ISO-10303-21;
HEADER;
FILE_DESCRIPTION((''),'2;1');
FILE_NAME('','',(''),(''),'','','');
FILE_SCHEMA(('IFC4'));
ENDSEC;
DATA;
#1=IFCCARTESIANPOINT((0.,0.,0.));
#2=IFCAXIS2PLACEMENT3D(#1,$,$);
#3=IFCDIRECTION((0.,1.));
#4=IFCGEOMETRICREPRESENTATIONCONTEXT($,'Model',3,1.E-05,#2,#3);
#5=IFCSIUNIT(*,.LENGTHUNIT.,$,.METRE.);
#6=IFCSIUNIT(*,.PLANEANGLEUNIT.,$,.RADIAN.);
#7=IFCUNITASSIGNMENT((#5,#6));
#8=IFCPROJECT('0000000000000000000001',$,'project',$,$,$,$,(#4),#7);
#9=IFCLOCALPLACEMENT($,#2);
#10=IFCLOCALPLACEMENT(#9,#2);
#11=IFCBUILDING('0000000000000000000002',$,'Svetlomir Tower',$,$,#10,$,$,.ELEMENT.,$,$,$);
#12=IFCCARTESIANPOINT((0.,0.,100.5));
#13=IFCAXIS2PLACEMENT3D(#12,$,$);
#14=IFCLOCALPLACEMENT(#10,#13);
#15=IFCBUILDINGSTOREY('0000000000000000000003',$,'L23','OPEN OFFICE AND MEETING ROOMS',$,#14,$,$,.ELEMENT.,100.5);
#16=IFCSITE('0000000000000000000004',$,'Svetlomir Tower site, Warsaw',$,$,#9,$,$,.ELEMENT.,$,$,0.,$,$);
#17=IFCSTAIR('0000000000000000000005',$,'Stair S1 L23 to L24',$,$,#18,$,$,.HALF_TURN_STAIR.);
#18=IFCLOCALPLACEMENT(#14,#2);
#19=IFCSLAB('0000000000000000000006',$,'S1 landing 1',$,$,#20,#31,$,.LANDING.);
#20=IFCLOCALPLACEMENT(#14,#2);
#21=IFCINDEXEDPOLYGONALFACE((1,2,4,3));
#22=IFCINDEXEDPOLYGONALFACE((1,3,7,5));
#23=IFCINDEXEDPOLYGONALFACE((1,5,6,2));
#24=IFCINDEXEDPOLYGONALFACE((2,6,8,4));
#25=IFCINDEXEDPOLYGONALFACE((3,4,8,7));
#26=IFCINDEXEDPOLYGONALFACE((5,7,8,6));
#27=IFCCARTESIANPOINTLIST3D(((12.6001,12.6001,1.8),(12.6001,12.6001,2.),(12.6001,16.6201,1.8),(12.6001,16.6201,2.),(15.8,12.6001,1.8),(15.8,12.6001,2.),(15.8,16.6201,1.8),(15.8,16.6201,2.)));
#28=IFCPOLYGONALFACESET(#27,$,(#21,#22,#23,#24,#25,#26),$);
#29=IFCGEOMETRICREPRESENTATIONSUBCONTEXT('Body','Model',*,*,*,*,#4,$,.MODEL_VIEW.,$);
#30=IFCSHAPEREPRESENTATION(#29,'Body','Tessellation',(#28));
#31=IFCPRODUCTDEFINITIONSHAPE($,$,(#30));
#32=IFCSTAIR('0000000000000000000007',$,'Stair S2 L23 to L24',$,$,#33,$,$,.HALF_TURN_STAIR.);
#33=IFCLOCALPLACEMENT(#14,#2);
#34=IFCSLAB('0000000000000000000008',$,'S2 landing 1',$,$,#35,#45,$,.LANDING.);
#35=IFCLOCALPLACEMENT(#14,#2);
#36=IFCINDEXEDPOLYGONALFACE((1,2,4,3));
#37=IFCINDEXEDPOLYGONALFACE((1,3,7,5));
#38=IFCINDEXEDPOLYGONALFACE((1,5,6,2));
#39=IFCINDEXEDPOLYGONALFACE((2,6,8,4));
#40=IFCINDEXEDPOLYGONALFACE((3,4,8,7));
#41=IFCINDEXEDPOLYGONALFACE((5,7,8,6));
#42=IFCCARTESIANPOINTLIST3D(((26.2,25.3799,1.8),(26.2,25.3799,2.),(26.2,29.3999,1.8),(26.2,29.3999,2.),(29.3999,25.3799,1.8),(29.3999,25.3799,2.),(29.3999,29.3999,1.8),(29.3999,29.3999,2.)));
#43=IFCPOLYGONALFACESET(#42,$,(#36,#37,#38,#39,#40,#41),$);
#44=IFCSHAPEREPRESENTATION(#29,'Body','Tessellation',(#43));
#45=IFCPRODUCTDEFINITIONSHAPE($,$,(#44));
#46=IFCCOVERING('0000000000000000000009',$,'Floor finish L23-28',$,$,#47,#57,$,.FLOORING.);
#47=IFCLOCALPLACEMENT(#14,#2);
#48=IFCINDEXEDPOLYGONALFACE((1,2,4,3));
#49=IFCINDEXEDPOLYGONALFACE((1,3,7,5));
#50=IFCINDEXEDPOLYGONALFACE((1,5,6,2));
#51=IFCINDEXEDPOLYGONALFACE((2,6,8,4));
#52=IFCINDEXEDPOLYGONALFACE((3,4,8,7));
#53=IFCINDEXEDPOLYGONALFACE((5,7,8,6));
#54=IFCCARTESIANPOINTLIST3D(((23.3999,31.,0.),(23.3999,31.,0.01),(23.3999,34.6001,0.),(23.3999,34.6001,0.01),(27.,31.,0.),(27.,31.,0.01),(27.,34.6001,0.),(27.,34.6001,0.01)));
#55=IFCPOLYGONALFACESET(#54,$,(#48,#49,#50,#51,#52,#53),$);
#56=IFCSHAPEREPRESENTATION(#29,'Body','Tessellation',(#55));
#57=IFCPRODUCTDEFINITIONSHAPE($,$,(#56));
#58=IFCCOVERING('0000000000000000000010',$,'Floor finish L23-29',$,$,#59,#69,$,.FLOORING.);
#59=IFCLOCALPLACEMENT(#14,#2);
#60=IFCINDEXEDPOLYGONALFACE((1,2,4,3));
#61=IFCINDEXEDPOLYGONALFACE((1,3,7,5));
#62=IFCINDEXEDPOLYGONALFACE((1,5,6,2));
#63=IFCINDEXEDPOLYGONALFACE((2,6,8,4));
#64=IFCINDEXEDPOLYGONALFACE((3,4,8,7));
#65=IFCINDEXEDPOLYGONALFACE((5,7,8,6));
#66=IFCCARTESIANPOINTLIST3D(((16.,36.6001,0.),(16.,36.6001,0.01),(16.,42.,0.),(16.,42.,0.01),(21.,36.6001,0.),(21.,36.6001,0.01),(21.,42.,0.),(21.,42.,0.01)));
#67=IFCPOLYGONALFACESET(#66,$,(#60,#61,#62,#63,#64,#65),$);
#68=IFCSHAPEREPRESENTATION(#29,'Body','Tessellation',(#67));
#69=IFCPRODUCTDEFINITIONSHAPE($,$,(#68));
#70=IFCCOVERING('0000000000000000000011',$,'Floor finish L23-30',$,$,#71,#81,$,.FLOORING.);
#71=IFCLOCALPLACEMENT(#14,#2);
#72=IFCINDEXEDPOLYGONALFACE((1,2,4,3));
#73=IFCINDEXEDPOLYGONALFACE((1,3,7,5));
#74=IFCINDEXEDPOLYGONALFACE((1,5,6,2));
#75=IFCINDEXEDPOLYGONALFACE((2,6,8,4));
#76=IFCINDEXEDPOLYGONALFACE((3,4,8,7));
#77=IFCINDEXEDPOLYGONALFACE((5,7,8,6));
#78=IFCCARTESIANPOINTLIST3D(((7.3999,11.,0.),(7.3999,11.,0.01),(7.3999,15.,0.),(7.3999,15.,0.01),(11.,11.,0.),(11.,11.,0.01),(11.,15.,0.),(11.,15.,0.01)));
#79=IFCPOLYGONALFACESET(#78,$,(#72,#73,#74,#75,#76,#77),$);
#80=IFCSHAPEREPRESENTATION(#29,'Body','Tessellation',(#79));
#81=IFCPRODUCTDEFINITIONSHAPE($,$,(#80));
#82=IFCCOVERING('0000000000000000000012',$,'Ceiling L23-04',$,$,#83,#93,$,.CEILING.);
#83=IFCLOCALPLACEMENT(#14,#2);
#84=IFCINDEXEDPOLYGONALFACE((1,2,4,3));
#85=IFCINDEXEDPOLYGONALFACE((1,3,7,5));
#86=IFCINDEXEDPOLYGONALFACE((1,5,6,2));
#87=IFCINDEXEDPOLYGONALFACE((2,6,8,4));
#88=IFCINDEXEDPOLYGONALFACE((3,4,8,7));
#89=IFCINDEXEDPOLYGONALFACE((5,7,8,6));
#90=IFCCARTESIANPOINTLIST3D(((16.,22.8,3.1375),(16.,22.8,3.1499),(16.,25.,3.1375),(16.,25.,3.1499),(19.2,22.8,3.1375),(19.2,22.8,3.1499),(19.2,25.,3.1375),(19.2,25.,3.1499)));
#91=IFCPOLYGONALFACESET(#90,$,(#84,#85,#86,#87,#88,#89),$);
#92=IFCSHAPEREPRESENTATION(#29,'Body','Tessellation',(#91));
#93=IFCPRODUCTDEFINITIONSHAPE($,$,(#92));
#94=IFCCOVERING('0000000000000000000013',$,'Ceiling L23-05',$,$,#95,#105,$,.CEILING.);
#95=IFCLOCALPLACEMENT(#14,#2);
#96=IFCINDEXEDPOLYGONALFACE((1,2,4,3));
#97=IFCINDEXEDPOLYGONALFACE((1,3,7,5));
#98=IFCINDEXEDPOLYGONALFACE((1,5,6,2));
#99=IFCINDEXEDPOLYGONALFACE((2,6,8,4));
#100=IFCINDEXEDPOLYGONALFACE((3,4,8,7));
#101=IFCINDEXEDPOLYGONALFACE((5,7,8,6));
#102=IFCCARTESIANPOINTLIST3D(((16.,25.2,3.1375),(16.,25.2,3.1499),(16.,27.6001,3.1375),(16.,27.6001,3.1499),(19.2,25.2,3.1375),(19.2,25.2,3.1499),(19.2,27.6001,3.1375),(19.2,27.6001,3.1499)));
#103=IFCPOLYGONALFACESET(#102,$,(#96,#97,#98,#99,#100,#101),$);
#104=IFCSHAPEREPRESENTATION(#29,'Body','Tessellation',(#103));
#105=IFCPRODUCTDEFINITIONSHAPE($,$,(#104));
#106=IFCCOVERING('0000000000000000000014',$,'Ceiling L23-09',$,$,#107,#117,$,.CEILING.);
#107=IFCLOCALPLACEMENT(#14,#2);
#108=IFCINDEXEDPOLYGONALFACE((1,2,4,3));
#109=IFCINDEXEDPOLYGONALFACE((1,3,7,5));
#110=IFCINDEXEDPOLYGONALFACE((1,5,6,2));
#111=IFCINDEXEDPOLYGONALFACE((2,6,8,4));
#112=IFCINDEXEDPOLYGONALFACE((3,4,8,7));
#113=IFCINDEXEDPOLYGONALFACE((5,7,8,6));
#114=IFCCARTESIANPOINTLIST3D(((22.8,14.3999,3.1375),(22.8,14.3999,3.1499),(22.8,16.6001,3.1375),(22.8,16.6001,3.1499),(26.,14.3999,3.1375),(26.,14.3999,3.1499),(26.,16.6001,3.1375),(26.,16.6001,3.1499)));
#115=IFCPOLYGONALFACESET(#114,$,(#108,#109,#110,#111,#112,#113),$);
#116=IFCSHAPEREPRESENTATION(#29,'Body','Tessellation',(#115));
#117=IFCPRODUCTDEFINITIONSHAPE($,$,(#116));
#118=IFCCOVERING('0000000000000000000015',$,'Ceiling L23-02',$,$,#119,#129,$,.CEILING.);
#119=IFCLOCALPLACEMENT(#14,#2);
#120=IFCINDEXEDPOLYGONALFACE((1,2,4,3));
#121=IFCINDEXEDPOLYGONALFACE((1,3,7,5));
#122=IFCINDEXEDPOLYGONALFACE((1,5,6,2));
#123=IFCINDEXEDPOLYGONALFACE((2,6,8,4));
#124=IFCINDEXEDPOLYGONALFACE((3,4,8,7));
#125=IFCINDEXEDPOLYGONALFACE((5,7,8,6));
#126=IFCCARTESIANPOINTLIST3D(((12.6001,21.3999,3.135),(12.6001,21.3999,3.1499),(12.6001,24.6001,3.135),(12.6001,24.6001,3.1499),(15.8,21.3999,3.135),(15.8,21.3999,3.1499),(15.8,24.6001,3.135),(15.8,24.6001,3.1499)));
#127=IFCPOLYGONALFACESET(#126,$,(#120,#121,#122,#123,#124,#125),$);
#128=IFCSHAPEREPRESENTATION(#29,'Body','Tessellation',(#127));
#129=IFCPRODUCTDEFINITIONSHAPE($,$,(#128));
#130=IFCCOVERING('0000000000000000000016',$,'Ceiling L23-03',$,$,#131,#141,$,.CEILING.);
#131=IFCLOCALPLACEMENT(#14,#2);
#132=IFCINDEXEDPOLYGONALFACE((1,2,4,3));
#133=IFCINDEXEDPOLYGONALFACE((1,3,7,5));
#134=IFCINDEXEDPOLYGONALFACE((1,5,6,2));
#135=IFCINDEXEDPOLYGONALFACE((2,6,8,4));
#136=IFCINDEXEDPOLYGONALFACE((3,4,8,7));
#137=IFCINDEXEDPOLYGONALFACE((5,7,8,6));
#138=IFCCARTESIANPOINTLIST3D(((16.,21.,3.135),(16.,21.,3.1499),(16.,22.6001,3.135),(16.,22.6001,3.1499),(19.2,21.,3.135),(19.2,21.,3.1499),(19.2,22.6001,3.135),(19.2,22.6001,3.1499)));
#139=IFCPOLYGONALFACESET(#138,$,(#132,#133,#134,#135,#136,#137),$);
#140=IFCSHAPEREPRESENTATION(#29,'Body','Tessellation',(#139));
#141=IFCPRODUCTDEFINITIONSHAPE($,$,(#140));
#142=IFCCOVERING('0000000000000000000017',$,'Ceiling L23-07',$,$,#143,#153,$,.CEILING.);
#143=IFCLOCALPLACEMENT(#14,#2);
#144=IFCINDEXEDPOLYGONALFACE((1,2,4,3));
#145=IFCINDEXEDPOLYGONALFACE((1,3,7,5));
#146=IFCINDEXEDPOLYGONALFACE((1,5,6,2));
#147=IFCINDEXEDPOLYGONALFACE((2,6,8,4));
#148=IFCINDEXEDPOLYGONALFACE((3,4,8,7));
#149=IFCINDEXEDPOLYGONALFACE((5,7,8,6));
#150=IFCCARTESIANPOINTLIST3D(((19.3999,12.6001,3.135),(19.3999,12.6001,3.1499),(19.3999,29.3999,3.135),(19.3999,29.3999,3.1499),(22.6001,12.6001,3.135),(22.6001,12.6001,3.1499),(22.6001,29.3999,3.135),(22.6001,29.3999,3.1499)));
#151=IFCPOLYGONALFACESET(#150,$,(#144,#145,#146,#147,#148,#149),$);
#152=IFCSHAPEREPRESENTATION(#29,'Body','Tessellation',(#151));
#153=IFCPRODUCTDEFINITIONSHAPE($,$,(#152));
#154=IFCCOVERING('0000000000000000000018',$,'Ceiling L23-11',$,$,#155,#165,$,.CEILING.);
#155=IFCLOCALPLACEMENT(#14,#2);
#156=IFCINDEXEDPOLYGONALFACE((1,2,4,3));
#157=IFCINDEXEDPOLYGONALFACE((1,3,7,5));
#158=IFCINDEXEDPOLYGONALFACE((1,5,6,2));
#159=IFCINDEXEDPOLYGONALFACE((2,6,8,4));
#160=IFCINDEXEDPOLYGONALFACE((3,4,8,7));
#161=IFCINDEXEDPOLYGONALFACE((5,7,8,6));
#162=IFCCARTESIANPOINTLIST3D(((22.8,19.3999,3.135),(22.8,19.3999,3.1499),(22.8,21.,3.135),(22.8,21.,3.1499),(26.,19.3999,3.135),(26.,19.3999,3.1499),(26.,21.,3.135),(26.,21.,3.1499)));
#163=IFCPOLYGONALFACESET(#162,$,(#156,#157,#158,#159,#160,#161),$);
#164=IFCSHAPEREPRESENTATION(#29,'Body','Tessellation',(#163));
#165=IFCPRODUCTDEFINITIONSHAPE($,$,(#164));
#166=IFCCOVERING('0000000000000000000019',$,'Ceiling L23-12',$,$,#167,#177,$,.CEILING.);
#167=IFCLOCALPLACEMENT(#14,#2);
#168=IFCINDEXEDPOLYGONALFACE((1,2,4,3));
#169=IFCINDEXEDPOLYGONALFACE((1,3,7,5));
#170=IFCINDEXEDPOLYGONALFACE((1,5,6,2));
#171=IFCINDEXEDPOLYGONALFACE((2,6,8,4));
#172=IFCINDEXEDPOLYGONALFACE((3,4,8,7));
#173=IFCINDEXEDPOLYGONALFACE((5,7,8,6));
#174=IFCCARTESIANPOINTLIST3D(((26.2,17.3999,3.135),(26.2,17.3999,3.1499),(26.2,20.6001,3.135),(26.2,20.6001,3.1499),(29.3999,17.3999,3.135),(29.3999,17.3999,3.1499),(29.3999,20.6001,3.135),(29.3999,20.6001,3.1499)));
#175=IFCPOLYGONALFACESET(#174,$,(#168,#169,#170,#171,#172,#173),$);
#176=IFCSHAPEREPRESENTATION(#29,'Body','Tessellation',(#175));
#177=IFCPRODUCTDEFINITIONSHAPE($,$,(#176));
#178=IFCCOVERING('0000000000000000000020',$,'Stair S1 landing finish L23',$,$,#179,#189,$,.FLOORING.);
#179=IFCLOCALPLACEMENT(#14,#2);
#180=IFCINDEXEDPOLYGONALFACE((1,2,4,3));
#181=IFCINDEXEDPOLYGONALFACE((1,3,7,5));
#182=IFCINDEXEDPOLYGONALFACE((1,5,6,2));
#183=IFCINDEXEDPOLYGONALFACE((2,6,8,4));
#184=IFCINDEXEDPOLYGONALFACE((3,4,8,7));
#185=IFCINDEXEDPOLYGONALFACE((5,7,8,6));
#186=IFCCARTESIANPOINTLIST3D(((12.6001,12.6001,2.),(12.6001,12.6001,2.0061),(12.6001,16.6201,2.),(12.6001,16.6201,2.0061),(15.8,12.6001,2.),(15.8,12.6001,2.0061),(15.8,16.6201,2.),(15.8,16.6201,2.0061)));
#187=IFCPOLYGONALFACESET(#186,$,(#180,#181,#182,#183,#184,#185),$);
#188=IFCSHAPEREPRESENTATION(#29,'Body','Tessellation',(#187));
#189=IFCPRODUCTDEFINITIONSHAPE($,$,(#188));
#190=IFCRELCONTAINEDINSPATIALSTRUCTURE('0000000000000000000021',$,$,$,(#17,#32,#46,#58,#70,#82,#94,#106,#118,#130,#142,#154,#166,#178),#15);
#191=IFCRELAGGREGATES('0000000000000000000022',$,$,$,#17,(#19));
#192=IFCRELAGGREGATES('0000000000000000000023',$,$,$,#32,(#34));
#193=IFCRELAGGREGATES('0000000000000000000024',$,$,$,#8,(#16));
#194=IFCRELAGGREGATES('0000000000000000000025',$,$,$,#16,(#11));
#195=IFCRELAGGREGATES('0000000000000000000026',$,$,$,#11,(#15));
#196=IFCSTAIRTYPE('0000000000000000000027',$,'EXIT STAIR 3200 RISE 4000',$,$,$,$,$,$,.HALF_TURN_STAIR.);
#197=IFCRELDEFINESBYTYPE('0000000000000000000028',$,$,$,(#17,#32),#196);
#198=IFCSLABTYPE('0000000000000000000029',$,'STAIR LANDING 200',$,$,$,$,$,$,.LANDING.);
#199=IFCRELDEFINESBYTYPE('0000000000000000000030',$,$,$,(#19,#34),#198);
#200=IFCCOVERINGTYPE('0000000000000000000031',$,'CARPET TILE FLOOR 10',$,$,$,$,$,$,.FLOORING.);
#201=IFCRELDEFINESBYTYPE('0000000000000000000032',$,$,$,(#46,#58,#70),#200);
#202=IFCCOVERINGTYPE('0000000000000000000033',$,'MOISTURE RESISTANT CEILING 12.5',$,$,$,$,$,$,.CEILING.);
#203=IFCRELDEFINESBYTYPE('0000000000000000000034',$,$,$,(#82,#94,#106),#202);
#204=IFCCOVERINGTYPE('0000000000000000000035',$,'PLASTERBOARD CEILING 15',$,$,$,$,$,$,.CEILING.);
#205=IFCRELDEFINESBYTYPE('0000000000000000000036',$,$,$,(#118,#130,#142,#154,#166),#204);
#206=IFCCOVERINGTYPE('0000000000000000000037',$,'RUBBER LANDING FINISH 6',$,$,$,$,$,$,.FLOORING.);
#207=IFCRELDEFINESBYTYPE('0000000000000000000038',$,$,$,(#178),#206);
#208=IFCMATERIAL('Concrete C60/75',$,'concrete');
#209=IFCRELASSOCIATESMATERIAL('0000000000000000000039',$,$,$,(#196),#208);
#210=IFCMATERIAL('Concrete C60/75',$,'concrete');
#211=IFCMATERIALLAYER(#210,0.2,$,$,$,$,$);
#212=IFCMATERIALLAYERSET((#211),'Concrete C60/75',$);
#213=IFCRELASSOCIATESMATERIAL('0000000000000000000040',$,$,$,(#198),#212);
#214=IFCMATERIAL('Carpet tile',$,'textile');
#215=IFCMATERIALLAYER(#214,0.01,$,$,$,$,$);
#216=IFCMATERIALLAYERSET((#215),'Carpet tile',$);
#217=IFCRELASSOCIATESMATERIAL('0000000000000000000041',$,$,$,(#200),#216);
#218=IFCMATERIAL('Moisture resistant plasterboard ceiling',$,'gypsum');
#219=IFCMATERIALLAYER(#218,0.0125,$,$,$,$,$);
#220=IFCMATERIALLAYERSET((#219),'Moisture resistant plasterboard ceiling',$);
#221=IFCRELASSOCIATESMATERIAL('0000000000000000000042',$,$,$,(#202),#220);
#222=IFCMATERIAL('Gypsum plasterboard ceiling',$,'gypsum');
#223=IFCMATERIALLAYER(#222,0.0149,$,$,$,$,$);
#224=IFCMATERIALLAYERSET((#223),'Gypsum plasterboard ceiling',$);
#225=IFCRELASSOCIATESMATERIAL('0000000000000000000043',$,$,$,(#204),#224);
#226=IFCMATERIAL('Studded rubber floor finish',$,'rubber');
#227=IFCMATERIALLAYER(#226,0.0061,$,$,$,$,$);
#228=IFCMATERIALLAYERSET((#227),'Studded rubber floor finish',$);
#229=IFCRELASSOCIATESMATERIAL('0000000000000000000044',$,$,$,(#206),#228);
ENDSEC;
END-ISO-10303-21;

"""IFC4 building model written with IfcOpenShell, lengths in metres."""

from ifc_helpers import new_model, si_unit, direction, frame, origin, place, context, subcontext, project, spatial, polyline, outline, extrude, material, layer, layer_set, type_object, element, aggregate, save


model = new_model("IFC4")

# Units and contexts
model_context = context("Model", 3, precision=1e-05, world=origin(), true_north=direction((0.0, 1.0)))
body_context = subcontext(model_context, "Body", "Model", "MODEL_VIEW")
ifc_project = project(units=[si_unit("LENGTHUNIT", "METRE"), si_unit("PLANEANGLEUNIT", "RADIAN")], contexts=[model_context])

# Site, building, storey
site_placement = place(None, origin())
site = spatial("IfcSite", under=ifc_project, at=site_placement, Name="Svetlomir Tower site, Warsaw", CompositionType="ELEMENT", RefElevation=0.0)
building_placement = place(site_placement, origin())
building = spatial("IfcBuilding", under=site, at=building_placement, Name="Svetlomir Tower", CompositionType="ELEMENT")
storey_placement = place(building_placement, frame((0.0, 0.0, 100.5)))
storey = spatial("IfcBuildingStorey", under=building, at=storey_placement, Name="L23", Description="OPEN OFFICE AND MEETING ROOMS", CompositionType="ELEMENT", Elevation=100.5)

# Stairs, slabs
ifc_material_1 = material(Name="Concrete C60/75", Category="concrete")
stair_type = type_object("IfcStairType", Name="EXIT STAIR 3200 RISE 4000", PredefinedType="HALF_TURN_STAIR", material=ifc_material_1)
stair_1_placement = place(storey_placement, origin())
stair_1 = element("IfcStair", 1, at=stair_1_placement, inside=storey, type_object=stair_type, Name="Stair S1 L23 to L24", PredefinedType="HALF_TURN_STAIR")
ifc_material_2 = material(Name="Concrete C60/75", Category="concrete")
ifc_layer_1 = layer(ifc_material_2, 0.2)
ifc_layer_set_1 = layer_set([ifc_layer_1], Name="Concrete C60/75")
slab_type = type_object("IfcSlabType", Name="STAIR LANDING 200", PredefinedType="LANDING", material=ifc_layer_set_1)
slab_1_placement = place(storey_placement, frame((0.0, 0.0, 1.8)))
slab_1 = element("IfcSlab", 2, at=slab_1_placement, type_object=slab_type, Name="S1 landing 1", PredefinedType="LANDING", context=body_context, shape_type="SweptSolid", body=[
    extrude(outline(polyline([(12.6001, 12.6001), (15.8, 12.6001), (15.8, 16.6201), (12.6001, 16.6201), (12.6001, 12.6001)])), origin(), (0.0, 0.0, 1.0), 0.2),
])
aggregate(stair_1, [slab_1])
stair_2_placement = place(storey_placement, origin())
stair_2 = element("IfcStair", 3, at=stair_2_placement, inside=storey, type_object=stair_type, Name="Stair S2 L23 to L24", PredefinedType="HALF_TURN_STAIR")
slab_2_placement = place(storey_placement, frame((0.0, 0.0, 1.8)))
slab_2 = element("IfcSlab", 4, at=slab_2_placement, type_object=slab_type, Name="S2 landing 1", PredefinedType="LANDING", context=body_context, shape_type="SweptSolid", body=[
    extrude(outline(polyline([(26.2, 25.3799), (29.3999, 25.3799), (29.3999, 29.3999), (26.2, 29.3999), (26.2, 25.3799)])), origin(), (0.0, 0.0, 1.0), 0.2),
])
aggregate(stair_2, [slab_2])

# Coverings
ifc_material_3 = material(Name="Carpet tile", Category="textile")
ifc_layer_2 = layer(ifc_material_3, 0.01)
ifc_layer_set_2 = layer_set([ifc_layer_2], Name="Carpet tile")
covering_type_1 = type_object("IfcCoveringType", Name="CARPET TILE FLOOR 10", PredefinedType="FLOORING", material=ifc_layer_set_2)
covering_1_placement = place(storey_placement, origin())
element("IfcCovering", 5, at=covering_1_placement, inside=storey, type_object=covering_type_1, Name="Floor finish L23-28", PredefinedType="FLOORING", context=body_context, shape_type="SweptSolid", body=[
    extrude(outline(polyline([(23.3999, 31.0), (27.0, 31.0), (27.0, 34.6001), (23.3999, 34.6001), (23.3999, 31.0)])), origin(), (0.0, 0.0, 1.0), 0.01),
])
covering_2_placement = place(storey_placement, origin())
element("IfcCovering", 6, at=covering_2_placement, inside=storey, type_object=covering_type_1, Name="Floor finish L23-29", PredefinedType="FLOORING", context=body_context, shape_type="SweptSolid", body=[
    extrude(outline(polyline([(16.0, 36.6001), (21.0, 36.6001), (21.0, 42.0), (16.0, 42.0), (16.0, 36.6001)])), origin(), (0.0, 0.0, 1.0), 0.01),
])
covering_3_placement = place(storey_placement, origin())
element("IfcCovering", 7, at=covering_3_placement, inside=storey, type_object=covering_type_1, Name="Floor finish L23-30", PredefinedType="FLOORING", context=body_context, shape_type="SweptSolid", body=[
    extrude(outline(polyline([(7.3999, 11.0), (11.0, 11.0), (11.0, 15.0), (7.3999, 15.0), (7.3999, 11.0)])), origin(), (0.0, 0.0, 1.0), 0.01),
])
ifc_material_4 = material(Name="Moisture resistant plasterboard ceiling", Category="gypsum")
ifc_layer_3 = layer(ifc_material_4, 0.0125)
ifc_layer_set_3 = layer_set([ifc_layer_3], Name="Moisture resistant plasterboard ceiling")
covering_type_2 = type_object("IfcCoveringType", Name="MOISTURE RESISTANT CEILING 12.5", PredefinedType="CEILING", material=ifc_layer_set_3)
covering_4_placement = place(storey_placement, frame((0.0, 0.0, 3.1375)))
element("IfcCovering", 8, at=covering_4_placement, inside=storey, type_object=covering_type_2, Name="Ceiling L23-04", PredefinedType="CEILING", context=body_context, shape_type="SweptSolid", body=[
    extrude(outline(polyline([(16.0, 22.8), (19.2, 22.8), (19.2, 25.0), (16.0, 25.0), (16.0, 22.8)])), origin(), (0.0, 0.0, 1.0), 0.0125),
])
covering_5_placement = place(storey_placement, frame((0.0, 0.0, 3.1375)))
element("IfcCovering", 9, at=covering_5_placement, inside=storey, type_object=covering_type_2, Name="Ceiling L23-05", PredefinedType="CEILING", context=body_context, shape_type="SweptSolid", body=[
    extrude(outline(polyline([(16.0, 25.2), (19.2, 25.2), (19.2, 27.6001), (16.0, 27.6001), (16.0, 25.2)])), origin(), (0.0, 0.0, 1.0), 0.0125),
])
covering_6_placement = place(storey_placement, frame((0.0, 0.0, 3.1375)))
element("IfcCovering", 10, at=covering_6_placement, inside=storey, type_object=covering_type_2, Name="Ceiling L23-09", PredefinedType="CEILING", context=body_context, shape_type="SweptSolid", body=[
    extrude(outline(polyline([(22.8, 14.3999), (26.0, 14.3999), (26.0, 16.6001), (22.8, 16.6001), (22.8, 14.3999)])), origin(), (0.0, 0.0, 1.0), 0.0125),
])
ifc_material_5 = material(Name="Gypsum plasterboard ceiling", Category="gypsum")
ifc_layer_4 = layer(ifc_material_5, 0.0149)
ifc_layer_set_4 = layer_set([ifc_layer_4], Name="Gypsum plasterboard ceiling")
covering_type_3 = type_object("IfcCoveringType", Name="PLASTERBOARD CEILING 15", PredefinedType="CEILING", material=ifc_layer_set_4)
covering_7_placement = place(storey_placement, frame((0.0, 0.0, 3.135)))
element("IfcCovering", 11, at=covering_7_placement, inside=storey, type_object=covering_type_3, Name="Ceiling L23-02", PredefinedType="CEILING", context=body_context, shape_type="SweptSolid", body=[
    extrude(outline(polyline([(12.6001, 21.3999), (15.8, 21.3999), (15.8, 24.6001), (12.6001, 24.6001), (12.6001, 21.3999)])), origin(), (0.0, 0.0, 1.0), 0.0149),
])
covering_8_placement = place(storey_placement, frame((0.0, 0.0, 3.135)))
element("IfcCovering", 12, at=covering_8_placement, inside=storey, type_object=covering_type_3, Name="Ceiling L23-03", PredefinedType="CEILING", context=body_context, shape_type="SweptSolid", body=[
    extrude(outline(polyline([(16.0, 21.0), (19.2, 21.0), (19.2, 22.6001), (16.0, 22.6001), (16.0, 21.0)])), origin(), (0.0, 0.0, 1.0), 0.0149),
])
covering_9_placement = place(storey_placement, frame((0.0, 0.0, 3.135)))
element("IfcCovering", 13, at=covering_9_placement, inside=storey, type_object=covering_type_3, Name="Ceiling L23-07", PredefinedType="CEILING", context=body_context, shape_type="SweptSolid", body=[
    extrude(outline(polyline([(19.3999, 12.6001), (22.6001, 12.6001), (22.6001, 29.3999), (19.3999, 29.3999), (19.3999, 12.6001)])), origin(), (0.0, 0.0, 1.0), 0.0149),
])
covering_10_placement = place(storey_placement, frame((0.0, 0.0, 3.135)))
element("IfcCovering", 14, at=covering_10_placement, inside=storey, type_object=covering_type_3, Name="Ceiling L23-11", PredefinedType="CEILING", context=body_context, shape_type="SweptSolid", body=[
    extrude(outline(polyline([(22.8, 19.3999), (26.0, 19.3999), (26.0, 21.0), (22.8, 21.0), (22.8, 19.3999)])), origin(), (0.0, 0.0, 1.0), 0.0149),
])
covering_11_placement = place(storey_placement, frame((0.0, 0.0, 3.135)))
element("IfcCovering", 15, at=covering_11_placement, inside=storey, type_object=covering_type_3, Name="Ceiling L23-12", PredefinedType="CEILING", context=body_context, shape_type="SweptSolid", body=[
    extrude(outline(polyline([(26.2, 17.3999), (29.3999, 17.3999), (29.3999, 20.6001), (26.2, 20.6001), (26.2, 17.3999)])), origin(), (0.0, 0.0, 1.0), 0.0149),
])
ifc_material_6 = material(Name="Studded rubber floor finish", Category="rubber")
ifc_layer_5 = layer(ifc_material_6, 0.0061)
ifc_layer_set_5 = layer_set([ifc_layer_5], Name="Studded rubber floor finish")
covering_type_4 = type_object("IfcCoveringType", Name="RUBBER LANDING FINISH 6", PredefinedType="FLOORING", material=ifc_layer_set_5)
covering_12_placement = place(storey_placement, frame((0.0, 0.0, 2.0)))
element("IfcCovering", 16, at=covering_12_placement, inside=storey, type_object=covering_type_4, Name="Stair S1 landing finish L23", PredefinedType="FLOORING", context=body_context, shape_type="SweptSolid", body=[
    extrude(outline(polyline([(12.6001, 12.6001), (15.8, 12.6001), (15.8, 16.6201), (12.6001, 16.6201), (12.6001, 12.6001)])), origin(), (0.0, 0.0, 1.0), 0.0061),
])

save(model, "model.ifc")
